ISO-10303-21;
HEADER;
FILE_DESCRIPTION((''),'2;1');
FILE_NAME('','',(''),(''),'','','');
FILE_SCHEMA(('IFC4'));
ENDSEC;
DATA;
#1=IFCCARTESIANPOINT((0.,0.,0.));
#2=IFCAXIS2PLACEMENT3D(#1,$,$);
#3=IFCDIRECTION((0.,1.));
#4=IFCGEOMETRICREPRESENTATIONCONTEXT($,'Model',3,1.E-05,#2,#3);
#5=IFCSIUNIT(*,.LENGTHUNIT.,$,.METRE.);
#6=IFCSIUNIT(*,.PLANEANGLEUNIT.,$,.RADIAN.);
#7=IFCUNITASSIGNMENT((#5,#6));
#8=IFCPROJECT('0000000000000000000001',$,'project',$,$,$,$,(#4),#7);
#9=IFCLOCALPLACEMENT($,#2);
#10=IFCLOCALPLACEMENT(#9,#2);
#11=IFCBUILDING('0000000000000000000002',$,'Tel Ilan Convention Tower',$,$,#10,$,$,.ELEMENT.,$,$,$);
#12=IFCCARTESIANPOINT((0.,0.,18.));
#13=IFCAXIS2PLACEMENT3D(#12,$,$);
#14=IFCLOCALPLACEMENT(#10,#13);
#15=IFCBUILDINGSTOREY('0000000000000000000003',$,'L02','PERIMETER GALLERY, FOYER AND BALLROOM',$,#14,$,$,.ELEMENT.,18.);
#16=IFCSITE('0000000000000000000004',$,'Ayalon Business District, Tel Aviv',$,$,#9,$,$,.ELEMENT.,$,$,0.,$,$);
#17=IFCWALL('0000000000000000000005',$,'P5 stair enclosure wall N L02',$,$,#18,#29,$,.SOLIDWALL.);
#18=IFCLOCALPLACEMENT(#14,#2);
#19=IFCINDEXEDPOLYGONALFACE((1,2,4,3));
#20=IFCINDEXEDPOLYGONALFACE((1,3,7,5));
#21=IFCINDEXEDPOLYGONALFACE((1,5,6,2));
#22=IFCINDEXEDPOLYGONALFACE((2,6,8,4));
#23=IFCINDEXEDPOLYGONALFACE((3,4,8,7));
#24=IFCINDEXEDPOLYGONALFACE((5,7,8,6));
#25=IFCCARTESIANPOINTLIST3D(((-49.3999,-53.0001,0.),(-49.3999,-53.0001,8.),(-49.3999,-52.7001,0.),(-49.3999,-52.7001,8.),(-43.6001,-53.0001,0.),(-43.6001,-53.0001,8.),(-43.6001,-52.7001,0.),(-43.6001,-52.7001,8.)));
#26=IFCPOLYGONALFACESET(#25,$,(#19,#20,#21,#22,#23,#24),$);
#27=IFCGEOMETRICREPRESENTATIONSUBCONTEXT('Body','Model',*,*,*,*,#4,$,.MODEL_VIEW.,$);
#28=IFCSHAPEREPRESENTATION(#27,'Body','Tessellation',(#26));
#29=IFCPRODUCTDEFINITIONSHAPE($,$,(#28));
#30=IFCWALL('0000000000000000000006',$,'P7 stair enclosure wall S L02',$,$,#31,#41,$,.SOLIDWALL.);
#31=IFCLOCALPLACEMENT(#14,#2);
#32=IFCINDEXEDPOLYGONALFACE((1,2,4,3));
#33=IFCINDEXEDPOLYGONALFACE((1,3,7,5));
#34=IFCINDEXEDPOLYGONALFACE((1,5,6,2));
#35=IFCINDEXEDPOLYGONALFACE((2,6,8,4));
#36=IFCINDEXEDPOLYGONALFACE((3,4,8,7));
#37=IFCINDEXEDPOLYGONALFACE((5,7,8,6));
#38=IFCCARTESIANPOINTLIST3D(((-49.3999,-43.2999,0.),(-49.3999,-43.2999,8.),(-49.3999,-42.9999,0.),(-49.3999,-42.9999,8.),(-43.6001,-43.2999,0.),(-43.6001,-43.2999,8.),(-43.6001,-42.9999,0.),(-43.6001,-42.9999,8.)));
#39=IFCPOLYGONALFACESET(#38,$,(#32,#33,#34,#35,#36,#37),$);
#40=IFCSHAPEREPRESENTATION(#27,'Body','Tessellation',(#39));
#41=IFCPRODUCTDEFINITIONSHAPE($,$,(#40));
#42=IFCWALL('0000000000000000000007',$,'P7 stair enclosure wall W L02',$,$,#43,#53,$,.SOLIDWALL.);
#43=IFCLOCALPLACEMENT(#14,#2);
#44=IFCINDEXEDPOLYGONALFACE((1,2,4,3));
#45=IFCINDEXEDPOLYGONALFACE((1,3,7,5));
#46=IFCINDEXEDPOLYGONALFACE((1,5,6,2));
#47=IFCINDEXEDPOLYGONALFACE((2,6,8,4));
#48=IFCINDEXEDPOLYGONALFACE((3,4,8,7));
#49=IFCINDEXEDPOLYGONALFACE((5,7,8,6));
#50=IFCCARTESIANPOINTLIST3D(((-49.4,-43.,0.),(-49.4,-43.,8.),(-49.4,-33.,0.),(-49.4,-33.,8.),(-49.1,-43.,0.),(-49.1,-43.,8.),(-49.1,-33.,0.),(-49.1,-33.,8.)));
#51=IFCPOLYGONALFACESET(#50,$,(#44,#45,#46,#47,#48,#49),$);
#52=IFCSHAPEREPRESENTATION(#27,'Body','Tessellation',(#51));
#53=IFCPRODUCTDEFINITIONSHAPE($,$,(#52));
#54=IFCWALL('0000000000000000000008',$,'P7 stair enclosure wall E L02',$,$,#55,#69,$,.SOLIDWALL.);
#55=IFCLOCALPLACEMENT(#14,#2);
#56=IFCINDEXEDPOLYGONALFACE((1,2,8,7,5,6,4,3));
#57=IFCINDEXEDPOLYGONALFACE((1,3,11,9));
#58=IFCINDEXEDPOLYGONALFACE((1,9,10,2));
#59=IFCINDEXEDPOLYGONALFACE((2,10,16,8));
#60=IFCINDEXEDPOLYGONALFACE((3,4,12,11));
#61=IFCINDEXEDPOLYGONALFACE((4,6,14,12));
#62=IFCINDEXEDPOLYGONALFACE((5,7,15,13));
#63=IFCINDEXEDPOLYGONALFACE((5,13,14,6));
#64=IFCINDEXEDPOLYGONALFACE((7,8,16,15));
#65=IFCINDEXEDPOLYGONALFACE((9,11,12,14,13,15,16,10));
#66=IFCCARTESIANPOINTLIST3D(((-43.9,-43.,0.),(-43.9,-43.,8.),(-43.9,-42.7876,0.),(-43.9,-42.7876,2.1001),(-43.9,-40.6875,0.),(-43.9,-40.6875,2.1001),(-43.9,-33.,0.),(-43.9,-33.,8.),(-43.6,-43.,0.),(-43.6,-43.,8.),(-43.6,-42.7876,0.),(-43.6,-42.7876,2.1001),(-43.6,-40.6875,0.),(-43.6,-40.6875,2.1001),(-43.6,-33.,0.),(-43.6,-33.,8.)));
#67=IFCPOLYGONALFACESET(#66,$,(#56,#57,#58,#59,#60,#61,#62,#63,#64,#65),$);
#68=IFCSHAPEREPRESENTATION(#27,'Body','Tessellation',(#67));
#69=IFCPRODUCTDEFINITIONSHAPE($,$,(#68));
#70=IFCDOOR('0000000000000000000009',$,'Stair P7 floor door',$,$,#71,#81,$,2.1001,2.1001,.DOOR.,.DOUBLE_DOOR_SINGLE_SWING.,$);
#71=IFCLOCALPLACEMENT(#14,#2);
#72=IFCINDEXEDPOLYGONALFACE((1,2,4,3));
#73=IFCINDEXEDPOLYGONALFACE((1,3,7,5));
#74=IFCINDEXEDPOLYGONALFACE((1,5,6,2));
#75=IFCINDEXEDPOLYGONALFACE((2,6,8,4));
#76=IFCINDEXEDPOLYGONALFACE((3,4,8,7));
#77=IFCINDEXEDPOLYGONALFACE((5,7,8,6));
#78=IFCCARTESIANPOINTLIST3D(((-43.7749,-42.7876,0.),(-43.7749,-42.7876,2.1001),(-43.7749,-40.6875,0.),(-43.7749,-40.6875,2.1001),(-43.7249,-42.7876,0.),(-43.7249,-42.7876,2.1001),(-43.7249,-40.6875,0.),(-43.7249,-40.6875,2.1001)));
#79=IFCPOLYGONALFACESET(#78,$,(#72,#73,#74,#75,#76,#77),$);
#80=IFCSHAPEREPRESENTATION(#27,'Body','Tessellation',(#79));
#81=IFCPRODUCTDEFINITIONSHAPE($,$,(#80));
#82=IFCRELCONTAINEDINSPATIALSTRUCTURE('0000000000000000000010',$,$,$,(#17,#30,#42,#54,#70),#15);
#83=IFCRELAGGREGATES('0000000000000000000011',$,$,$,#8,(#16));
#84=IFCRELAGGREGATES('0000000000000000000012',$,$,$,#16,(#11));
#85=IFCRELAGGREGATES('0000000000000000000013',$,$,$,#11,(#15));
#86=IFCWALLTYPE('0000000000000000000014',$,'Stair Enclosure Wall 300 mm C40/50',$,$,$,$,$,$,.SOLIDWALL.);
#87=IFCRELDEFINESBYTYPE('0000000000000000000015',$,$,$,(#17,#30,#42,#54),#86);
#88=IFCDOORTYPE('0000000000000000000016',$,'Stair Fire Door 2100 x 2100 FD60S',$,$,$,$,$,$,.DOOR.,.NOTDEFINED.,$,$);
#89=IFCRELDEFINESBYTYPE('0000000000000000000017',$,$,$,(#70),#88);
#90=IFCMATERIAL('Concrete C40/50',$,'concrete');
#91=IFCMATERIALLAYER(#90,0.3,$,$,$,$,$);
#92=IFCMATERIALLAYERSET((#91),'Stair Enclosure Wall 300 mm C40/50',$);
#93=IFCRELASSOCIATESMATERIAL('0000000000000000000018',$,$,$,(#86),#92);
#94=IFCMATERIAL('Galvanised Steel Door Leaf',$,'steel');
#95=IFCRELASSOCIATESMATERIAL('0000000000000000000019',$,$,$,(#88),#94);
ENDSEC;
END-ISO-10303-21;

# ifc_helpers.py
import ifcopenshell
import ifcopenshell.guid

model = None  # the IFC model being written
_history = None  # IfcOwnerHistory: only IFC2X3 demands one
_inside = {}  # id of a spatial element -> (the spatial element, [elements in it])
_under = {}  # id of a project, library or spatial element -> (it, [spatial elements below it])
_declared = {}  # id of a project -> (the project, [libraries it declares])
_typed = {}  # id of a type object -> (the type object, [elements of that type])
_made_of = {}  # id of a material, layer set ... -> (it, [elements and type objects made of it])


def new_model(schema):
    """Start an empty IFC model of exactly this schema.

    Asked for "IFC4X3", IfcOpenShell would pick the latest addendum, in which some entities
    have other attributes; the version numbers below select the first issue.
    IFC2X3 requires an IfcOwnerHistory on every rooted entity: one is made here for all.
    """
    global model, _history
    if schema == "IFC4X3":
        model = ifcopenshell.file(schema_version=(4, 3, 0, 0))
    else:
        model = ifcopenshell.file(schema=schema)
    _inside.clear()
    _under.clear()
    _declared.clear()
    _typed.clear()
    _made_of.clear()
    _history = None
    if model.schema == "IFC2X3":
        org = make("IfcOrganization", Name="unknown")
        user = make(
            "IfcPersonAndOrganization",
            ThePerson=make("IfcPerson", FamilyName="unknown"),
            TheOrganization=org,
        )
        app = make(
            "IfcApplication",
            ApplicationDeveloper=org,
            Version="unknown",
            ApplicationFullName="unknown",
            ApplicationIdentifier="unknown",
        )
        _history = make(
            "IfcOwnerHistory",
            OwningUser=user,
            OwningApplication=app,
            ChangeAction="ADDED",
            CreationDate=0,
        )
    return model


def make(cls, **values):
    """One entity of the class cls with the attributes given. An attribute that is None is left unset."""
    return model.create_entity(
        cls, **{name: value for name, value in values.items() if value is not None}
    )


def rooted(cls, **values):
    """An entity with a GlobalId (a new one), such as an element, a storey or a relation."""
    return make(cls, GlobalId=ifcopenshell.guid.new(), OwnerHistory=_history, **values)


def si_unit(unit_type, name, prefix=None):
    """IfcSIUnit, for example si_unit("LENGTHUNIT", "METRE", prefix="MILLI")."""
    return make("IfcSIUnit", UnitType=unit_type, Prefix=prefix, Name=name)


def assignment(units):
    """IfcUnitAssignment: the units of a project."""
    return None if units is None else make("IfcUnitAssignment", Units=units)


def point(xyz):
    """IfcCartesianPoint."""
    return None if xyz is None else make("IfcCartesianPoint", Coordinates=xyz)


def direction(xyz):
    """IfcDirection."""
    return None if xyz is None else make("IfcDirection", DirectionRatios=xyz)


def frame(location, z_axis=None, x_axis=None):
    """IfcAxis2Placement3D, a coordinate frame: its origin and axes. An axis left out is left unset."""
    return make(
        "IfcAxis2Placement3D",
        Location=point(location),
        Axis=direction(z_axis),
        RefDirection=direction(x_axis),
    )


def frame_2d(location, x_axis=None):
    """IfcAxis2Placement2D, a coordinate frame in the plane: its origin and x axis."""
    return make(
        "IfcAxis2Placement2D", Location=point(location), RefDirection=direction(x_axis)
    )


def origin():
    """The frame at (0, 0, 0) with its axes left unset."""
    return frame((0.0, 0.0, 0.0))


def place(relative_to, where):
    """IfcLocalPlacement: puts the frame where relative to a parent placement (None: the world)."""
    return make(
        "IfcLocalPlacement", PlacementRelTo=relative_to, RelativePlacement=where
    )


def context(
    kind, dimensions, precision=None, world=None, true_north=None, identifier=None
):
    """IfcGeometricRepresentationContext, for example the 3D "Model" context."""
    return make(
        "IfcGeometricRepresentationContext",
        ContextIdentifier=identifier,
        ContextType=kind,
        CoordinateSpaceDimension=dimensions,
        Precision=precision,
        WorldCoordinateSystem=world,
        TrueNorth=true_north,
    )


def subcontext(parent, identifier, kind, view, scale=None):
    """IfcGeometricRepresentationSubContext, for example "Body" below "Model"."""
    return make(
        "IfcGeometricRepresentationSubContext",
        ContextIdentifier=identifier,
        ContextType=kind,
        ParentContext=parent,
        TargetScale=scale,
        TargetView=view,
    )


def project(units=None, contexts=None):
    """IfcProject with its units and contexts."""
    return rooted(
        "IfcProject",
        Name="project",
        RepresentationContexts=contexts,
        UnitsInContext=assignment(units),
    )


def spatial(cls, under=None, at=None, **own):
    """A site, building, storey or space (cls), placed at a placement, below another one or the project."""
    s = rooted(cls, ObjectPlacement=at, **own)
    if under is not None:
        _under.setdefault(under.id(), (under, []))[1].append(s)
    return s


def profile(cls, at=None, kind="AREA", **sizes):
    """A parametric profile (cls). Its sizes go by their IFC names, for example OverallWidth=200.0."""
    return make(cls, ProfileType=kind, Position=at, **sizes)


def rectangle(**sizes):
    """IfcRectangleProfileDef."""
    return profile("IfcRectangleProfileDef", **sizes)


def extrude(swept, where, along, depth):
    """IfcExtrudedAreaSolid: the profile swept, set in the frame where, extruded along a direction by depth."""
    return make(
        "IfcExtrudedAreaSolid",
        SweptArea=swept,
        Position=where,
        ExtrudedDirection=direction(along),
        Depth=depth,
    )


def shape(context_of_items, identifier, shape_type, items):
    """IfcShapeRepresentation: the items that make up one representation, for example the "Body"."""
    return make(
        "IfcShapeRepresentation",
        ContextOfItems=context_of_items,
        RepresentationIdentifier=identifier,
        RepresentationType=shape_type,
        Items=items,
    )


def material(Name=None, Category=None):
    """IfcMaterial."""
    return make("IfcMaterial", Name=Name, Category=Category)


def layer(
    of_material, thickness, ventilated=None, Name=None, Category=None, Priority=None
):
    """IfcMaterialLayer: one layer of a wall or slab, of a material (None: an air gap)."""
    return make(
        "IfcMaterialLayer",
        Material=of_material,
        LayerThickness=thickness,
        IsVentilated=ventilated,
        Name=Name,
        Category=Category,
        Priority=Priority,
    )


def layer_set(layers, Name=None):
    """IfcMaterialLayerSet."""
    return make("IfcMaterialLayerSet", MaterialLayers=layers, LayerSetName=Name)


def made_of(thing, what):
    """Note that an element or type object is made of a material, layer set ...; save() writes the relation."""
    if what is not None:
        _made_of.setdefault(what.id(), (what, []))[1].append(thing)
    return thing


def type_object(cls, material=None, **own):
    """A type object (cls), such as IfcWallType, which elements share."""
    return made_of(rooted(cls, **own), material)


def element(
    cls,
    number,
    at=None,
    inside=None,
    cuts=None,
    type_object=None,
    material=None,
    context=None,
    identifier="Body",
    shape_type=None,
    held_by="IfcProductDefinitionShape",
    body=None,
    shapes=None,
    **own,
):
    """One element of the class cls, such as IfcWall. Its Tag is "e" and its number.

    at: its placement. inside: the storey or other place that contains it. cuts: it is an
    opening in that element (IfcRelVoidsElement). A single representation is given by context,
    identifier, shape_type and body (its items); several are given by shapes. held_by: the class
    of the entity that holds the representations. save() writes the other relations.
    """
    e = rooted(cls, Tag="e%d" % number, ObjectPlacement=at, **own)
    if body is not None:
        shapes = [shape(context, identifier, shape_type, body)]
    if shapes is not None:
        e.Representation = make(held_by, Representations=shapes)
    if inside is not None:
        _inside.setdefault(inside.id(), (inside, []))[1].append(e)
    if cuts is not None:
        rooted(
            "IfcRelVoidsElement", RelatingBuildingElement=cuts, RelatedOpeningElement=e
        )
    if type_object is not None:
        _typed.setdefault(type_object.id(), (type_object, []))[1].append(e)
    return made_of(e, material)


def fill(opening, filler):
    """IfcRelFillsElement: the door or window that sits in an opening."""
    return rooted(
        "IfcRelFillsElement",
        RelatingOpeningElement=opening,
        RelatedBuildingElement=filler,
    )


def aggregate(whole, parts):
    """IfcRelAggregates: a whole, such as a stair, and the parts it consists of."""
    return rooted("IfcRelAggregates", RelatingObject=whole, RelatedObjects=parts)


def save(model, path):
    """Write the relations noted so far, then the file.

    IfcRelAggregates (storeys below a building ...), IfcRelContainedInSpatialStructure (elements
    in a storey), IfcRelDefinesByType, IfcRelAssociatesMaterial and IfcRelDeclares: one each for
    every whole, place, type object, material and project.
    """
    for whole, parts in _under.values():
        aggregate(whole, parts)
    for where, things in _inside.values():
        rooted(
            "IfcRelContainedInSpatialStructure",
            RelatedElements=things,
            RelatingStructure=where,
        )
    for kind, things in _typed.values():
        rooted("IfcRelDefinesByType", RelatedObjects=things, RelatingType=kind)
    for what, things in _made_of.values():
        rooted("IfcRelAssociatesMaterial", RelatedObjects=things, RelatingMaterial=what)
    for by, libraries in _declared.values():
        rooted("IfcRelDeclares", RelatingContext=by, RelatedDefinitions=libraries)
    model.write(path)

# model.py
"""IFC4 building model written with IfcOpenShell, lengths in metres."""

from ifc_helpers import new_model, si_unit, direction, frame, frame_2d, origin, place, context, subcontext, project, spatial, rectangle, extrude, material, layer, layer_set, type_object, element, fill, save


model = new_model("IFC4")

# Units and contexts
model_context = context("Model", 3, precision=1e-05, world=origin(), true_north=direction((0.0, 1.0)))
body_context = subcontext(model_context, "Body", "Model", "MODEL_VIEW")
ifc_project = project(units=[si_unit("LENGTHUNIT", "METRE"), si_unit("PLANEANGLEUNIT", "RADIAN")], contexts=[model_context])

# Site, building, storey
site_placement = place(None, origin())
site = spatial("IfcSite", under=ifc_project, at=site_placement, Name="Ayalon Business District, Tel Aviv", CompositionType="ELEMENT", RefElevation=0.0)
building_placement = place(site_placement, origin())
building = spatial("IfcBuilding", under=site, at=building_placement, Name="Tel Ilan Convention Tower", CompositionType="ELEMENT")
storey_placement = place(building_placement, frame((0.0, 0.0, 18.0)))
storey = spatial("IfcBuildingStorey", under=building, at=storey_placement, Name="L02", Description="PERIMETER GALLERY, FOYER AND BALLROOM", CompositionType="ELEMENT", Elevation=18.0)

# Walls
ifc_material_1 = material(Name="Concrete C40/50", Category="concrete")
ifc_layer_1 = layer(ifc_material_1, 0.3)
ifc_layer_set_1 = layer_set([ifc_layer_1], Name="Stair Enclosure Wall 300 mm C40/50")
wall_type_1 = type_object("IfcWallType", Name="Stair Enclosure Wall 300 mm C40/50", PredefinedType="SOLIDWALL", material=ifc_layer_set_1)
for number, where, z_axis, x_axis, name in (
    (1, (-49.3999, -52.8501, 0.0), (0.0, 0.0, 1.0), (1.0, 0.0, 0.0), "P5 stair enclosure wall N L02"),
    (2, (-49.3999, -43.1499, 0.0), (0.0, 0.0, 1.0), (1.0, 0.0, 0.0), "P7 stair enclosure wall S L02"),
):
    element("IfcWall", number, at=place(storey_placement, frame(where, z_axis=z_axis, x_axis=x_axis)), inside=storey, type_object=wall_type_1, Name=name, PredefinedType="SOLIDWALL", context=body_context, shape_type="SweptSolid", body=[
        extrude(rectangle(XDim=5.7998, YDim=0.3, at=frame_2d((2.8999, 0.0))), origin(), (0.0, 0.0, 1.0), 8.0),
    ])
wall_1_placement = place(storey_placement, frame((-49.25, -43.0, 0.0), z_axis=(0.0, 0.0, 1.0), x_axis=(0.0, 1.0, 0.0)))
element("IfcWall", 3, at=wall_1_placement, inside=storey, type_object=wall_type_1, Name="P7 stair enclosure wall W L02", PredefinedType="SOLIDWALL", context=body_context, shape_type="SweptSolid", body=[
    extrude(rectangle(XDim=10.0, YDim=0.3, at=frame_2d((5.0, 0.0))), origin(), (0.0, 0.0, 1.0), 8.0),
])

# Wall, opening, door
wall_2_placement = place(storey_placement, frame((-43.75, -43.0, 0.0), z_axis=(0.0, 0.0, 1.0), x_axis=(0.0, 1.0, 0.0)))
wall_2 = element("IfcWall", 4, at=wall_2_placement, inside=storey, type_object=wall_type_1, Name="P7 stair enclosure wall E L02", PredefinedType="SOLIDWALL", context=body_context, shape_type="SweptSolid", body=[
    extrude(rectangle(XDim=10.0, YDim=0.3, at=frame_2d((5.0, 0.0))), origin(), (0.0, 0.0, 1.0), 8.0),
])
opening_1_placement = place(wall_2_placement, frame((0.2124, 0.0, 0.0)))
opening_1 = element("IfcOpeningElement", 5, at=opening_1_placement, cuts=wall_2, PredefinedType="OPENING", context=body_context, shape_type="SweptSolid", body=[
    extrude(rectangle(XDim=2.1001, YDim=2.1001, at=frame_2d((1.05, 1.05))), frame((0.0, 0.1599, 0.0), z_axis=(0.0, -1.0, 0.0), x_axis=(1.0, 0.0, 0.0)), (0.0, 0.0, 1.0), 0.3201),
])
ifc_material_2 = material(Name="Galvanised Steel Door Leaf", Category="steel")
door_type_1 = type_object("IfcDoorType", Name="Stair Fire Door 2100 x 2100 FD60S", OperationType="NOTDEFINED", PredefinedType="DOOR", material=ifc_material_2)
door_1_placement = place(opening_1_placement, origin())
door_1 = element("IfcDoor", 6, at=door_1_placement, inside=storey, type_object=door_type_1, Name="Stair P7 floor door", OperationType="DOUBLE_DOOR_SINGLE_SWING", OverallHeight=2.1001, OverallWidth=2.1001, PredefinedType="DOOR", context=body_context, shape_type="SweptSolid", body=[
    extrude(rectangle(XDim=2.1001, YDim=2.1001, at=frame_2d((1.05, 1.05))), frame((0.0, 0.0249, 0.0), z_axis=(0.0, -1.0, 0.0), x_axis=(1.0, 0.0, 0.0)), (0.0, 0.0, 1.0), 0.05),
])
fill(opening_1, door_1)

save(model, "model.ifc")
